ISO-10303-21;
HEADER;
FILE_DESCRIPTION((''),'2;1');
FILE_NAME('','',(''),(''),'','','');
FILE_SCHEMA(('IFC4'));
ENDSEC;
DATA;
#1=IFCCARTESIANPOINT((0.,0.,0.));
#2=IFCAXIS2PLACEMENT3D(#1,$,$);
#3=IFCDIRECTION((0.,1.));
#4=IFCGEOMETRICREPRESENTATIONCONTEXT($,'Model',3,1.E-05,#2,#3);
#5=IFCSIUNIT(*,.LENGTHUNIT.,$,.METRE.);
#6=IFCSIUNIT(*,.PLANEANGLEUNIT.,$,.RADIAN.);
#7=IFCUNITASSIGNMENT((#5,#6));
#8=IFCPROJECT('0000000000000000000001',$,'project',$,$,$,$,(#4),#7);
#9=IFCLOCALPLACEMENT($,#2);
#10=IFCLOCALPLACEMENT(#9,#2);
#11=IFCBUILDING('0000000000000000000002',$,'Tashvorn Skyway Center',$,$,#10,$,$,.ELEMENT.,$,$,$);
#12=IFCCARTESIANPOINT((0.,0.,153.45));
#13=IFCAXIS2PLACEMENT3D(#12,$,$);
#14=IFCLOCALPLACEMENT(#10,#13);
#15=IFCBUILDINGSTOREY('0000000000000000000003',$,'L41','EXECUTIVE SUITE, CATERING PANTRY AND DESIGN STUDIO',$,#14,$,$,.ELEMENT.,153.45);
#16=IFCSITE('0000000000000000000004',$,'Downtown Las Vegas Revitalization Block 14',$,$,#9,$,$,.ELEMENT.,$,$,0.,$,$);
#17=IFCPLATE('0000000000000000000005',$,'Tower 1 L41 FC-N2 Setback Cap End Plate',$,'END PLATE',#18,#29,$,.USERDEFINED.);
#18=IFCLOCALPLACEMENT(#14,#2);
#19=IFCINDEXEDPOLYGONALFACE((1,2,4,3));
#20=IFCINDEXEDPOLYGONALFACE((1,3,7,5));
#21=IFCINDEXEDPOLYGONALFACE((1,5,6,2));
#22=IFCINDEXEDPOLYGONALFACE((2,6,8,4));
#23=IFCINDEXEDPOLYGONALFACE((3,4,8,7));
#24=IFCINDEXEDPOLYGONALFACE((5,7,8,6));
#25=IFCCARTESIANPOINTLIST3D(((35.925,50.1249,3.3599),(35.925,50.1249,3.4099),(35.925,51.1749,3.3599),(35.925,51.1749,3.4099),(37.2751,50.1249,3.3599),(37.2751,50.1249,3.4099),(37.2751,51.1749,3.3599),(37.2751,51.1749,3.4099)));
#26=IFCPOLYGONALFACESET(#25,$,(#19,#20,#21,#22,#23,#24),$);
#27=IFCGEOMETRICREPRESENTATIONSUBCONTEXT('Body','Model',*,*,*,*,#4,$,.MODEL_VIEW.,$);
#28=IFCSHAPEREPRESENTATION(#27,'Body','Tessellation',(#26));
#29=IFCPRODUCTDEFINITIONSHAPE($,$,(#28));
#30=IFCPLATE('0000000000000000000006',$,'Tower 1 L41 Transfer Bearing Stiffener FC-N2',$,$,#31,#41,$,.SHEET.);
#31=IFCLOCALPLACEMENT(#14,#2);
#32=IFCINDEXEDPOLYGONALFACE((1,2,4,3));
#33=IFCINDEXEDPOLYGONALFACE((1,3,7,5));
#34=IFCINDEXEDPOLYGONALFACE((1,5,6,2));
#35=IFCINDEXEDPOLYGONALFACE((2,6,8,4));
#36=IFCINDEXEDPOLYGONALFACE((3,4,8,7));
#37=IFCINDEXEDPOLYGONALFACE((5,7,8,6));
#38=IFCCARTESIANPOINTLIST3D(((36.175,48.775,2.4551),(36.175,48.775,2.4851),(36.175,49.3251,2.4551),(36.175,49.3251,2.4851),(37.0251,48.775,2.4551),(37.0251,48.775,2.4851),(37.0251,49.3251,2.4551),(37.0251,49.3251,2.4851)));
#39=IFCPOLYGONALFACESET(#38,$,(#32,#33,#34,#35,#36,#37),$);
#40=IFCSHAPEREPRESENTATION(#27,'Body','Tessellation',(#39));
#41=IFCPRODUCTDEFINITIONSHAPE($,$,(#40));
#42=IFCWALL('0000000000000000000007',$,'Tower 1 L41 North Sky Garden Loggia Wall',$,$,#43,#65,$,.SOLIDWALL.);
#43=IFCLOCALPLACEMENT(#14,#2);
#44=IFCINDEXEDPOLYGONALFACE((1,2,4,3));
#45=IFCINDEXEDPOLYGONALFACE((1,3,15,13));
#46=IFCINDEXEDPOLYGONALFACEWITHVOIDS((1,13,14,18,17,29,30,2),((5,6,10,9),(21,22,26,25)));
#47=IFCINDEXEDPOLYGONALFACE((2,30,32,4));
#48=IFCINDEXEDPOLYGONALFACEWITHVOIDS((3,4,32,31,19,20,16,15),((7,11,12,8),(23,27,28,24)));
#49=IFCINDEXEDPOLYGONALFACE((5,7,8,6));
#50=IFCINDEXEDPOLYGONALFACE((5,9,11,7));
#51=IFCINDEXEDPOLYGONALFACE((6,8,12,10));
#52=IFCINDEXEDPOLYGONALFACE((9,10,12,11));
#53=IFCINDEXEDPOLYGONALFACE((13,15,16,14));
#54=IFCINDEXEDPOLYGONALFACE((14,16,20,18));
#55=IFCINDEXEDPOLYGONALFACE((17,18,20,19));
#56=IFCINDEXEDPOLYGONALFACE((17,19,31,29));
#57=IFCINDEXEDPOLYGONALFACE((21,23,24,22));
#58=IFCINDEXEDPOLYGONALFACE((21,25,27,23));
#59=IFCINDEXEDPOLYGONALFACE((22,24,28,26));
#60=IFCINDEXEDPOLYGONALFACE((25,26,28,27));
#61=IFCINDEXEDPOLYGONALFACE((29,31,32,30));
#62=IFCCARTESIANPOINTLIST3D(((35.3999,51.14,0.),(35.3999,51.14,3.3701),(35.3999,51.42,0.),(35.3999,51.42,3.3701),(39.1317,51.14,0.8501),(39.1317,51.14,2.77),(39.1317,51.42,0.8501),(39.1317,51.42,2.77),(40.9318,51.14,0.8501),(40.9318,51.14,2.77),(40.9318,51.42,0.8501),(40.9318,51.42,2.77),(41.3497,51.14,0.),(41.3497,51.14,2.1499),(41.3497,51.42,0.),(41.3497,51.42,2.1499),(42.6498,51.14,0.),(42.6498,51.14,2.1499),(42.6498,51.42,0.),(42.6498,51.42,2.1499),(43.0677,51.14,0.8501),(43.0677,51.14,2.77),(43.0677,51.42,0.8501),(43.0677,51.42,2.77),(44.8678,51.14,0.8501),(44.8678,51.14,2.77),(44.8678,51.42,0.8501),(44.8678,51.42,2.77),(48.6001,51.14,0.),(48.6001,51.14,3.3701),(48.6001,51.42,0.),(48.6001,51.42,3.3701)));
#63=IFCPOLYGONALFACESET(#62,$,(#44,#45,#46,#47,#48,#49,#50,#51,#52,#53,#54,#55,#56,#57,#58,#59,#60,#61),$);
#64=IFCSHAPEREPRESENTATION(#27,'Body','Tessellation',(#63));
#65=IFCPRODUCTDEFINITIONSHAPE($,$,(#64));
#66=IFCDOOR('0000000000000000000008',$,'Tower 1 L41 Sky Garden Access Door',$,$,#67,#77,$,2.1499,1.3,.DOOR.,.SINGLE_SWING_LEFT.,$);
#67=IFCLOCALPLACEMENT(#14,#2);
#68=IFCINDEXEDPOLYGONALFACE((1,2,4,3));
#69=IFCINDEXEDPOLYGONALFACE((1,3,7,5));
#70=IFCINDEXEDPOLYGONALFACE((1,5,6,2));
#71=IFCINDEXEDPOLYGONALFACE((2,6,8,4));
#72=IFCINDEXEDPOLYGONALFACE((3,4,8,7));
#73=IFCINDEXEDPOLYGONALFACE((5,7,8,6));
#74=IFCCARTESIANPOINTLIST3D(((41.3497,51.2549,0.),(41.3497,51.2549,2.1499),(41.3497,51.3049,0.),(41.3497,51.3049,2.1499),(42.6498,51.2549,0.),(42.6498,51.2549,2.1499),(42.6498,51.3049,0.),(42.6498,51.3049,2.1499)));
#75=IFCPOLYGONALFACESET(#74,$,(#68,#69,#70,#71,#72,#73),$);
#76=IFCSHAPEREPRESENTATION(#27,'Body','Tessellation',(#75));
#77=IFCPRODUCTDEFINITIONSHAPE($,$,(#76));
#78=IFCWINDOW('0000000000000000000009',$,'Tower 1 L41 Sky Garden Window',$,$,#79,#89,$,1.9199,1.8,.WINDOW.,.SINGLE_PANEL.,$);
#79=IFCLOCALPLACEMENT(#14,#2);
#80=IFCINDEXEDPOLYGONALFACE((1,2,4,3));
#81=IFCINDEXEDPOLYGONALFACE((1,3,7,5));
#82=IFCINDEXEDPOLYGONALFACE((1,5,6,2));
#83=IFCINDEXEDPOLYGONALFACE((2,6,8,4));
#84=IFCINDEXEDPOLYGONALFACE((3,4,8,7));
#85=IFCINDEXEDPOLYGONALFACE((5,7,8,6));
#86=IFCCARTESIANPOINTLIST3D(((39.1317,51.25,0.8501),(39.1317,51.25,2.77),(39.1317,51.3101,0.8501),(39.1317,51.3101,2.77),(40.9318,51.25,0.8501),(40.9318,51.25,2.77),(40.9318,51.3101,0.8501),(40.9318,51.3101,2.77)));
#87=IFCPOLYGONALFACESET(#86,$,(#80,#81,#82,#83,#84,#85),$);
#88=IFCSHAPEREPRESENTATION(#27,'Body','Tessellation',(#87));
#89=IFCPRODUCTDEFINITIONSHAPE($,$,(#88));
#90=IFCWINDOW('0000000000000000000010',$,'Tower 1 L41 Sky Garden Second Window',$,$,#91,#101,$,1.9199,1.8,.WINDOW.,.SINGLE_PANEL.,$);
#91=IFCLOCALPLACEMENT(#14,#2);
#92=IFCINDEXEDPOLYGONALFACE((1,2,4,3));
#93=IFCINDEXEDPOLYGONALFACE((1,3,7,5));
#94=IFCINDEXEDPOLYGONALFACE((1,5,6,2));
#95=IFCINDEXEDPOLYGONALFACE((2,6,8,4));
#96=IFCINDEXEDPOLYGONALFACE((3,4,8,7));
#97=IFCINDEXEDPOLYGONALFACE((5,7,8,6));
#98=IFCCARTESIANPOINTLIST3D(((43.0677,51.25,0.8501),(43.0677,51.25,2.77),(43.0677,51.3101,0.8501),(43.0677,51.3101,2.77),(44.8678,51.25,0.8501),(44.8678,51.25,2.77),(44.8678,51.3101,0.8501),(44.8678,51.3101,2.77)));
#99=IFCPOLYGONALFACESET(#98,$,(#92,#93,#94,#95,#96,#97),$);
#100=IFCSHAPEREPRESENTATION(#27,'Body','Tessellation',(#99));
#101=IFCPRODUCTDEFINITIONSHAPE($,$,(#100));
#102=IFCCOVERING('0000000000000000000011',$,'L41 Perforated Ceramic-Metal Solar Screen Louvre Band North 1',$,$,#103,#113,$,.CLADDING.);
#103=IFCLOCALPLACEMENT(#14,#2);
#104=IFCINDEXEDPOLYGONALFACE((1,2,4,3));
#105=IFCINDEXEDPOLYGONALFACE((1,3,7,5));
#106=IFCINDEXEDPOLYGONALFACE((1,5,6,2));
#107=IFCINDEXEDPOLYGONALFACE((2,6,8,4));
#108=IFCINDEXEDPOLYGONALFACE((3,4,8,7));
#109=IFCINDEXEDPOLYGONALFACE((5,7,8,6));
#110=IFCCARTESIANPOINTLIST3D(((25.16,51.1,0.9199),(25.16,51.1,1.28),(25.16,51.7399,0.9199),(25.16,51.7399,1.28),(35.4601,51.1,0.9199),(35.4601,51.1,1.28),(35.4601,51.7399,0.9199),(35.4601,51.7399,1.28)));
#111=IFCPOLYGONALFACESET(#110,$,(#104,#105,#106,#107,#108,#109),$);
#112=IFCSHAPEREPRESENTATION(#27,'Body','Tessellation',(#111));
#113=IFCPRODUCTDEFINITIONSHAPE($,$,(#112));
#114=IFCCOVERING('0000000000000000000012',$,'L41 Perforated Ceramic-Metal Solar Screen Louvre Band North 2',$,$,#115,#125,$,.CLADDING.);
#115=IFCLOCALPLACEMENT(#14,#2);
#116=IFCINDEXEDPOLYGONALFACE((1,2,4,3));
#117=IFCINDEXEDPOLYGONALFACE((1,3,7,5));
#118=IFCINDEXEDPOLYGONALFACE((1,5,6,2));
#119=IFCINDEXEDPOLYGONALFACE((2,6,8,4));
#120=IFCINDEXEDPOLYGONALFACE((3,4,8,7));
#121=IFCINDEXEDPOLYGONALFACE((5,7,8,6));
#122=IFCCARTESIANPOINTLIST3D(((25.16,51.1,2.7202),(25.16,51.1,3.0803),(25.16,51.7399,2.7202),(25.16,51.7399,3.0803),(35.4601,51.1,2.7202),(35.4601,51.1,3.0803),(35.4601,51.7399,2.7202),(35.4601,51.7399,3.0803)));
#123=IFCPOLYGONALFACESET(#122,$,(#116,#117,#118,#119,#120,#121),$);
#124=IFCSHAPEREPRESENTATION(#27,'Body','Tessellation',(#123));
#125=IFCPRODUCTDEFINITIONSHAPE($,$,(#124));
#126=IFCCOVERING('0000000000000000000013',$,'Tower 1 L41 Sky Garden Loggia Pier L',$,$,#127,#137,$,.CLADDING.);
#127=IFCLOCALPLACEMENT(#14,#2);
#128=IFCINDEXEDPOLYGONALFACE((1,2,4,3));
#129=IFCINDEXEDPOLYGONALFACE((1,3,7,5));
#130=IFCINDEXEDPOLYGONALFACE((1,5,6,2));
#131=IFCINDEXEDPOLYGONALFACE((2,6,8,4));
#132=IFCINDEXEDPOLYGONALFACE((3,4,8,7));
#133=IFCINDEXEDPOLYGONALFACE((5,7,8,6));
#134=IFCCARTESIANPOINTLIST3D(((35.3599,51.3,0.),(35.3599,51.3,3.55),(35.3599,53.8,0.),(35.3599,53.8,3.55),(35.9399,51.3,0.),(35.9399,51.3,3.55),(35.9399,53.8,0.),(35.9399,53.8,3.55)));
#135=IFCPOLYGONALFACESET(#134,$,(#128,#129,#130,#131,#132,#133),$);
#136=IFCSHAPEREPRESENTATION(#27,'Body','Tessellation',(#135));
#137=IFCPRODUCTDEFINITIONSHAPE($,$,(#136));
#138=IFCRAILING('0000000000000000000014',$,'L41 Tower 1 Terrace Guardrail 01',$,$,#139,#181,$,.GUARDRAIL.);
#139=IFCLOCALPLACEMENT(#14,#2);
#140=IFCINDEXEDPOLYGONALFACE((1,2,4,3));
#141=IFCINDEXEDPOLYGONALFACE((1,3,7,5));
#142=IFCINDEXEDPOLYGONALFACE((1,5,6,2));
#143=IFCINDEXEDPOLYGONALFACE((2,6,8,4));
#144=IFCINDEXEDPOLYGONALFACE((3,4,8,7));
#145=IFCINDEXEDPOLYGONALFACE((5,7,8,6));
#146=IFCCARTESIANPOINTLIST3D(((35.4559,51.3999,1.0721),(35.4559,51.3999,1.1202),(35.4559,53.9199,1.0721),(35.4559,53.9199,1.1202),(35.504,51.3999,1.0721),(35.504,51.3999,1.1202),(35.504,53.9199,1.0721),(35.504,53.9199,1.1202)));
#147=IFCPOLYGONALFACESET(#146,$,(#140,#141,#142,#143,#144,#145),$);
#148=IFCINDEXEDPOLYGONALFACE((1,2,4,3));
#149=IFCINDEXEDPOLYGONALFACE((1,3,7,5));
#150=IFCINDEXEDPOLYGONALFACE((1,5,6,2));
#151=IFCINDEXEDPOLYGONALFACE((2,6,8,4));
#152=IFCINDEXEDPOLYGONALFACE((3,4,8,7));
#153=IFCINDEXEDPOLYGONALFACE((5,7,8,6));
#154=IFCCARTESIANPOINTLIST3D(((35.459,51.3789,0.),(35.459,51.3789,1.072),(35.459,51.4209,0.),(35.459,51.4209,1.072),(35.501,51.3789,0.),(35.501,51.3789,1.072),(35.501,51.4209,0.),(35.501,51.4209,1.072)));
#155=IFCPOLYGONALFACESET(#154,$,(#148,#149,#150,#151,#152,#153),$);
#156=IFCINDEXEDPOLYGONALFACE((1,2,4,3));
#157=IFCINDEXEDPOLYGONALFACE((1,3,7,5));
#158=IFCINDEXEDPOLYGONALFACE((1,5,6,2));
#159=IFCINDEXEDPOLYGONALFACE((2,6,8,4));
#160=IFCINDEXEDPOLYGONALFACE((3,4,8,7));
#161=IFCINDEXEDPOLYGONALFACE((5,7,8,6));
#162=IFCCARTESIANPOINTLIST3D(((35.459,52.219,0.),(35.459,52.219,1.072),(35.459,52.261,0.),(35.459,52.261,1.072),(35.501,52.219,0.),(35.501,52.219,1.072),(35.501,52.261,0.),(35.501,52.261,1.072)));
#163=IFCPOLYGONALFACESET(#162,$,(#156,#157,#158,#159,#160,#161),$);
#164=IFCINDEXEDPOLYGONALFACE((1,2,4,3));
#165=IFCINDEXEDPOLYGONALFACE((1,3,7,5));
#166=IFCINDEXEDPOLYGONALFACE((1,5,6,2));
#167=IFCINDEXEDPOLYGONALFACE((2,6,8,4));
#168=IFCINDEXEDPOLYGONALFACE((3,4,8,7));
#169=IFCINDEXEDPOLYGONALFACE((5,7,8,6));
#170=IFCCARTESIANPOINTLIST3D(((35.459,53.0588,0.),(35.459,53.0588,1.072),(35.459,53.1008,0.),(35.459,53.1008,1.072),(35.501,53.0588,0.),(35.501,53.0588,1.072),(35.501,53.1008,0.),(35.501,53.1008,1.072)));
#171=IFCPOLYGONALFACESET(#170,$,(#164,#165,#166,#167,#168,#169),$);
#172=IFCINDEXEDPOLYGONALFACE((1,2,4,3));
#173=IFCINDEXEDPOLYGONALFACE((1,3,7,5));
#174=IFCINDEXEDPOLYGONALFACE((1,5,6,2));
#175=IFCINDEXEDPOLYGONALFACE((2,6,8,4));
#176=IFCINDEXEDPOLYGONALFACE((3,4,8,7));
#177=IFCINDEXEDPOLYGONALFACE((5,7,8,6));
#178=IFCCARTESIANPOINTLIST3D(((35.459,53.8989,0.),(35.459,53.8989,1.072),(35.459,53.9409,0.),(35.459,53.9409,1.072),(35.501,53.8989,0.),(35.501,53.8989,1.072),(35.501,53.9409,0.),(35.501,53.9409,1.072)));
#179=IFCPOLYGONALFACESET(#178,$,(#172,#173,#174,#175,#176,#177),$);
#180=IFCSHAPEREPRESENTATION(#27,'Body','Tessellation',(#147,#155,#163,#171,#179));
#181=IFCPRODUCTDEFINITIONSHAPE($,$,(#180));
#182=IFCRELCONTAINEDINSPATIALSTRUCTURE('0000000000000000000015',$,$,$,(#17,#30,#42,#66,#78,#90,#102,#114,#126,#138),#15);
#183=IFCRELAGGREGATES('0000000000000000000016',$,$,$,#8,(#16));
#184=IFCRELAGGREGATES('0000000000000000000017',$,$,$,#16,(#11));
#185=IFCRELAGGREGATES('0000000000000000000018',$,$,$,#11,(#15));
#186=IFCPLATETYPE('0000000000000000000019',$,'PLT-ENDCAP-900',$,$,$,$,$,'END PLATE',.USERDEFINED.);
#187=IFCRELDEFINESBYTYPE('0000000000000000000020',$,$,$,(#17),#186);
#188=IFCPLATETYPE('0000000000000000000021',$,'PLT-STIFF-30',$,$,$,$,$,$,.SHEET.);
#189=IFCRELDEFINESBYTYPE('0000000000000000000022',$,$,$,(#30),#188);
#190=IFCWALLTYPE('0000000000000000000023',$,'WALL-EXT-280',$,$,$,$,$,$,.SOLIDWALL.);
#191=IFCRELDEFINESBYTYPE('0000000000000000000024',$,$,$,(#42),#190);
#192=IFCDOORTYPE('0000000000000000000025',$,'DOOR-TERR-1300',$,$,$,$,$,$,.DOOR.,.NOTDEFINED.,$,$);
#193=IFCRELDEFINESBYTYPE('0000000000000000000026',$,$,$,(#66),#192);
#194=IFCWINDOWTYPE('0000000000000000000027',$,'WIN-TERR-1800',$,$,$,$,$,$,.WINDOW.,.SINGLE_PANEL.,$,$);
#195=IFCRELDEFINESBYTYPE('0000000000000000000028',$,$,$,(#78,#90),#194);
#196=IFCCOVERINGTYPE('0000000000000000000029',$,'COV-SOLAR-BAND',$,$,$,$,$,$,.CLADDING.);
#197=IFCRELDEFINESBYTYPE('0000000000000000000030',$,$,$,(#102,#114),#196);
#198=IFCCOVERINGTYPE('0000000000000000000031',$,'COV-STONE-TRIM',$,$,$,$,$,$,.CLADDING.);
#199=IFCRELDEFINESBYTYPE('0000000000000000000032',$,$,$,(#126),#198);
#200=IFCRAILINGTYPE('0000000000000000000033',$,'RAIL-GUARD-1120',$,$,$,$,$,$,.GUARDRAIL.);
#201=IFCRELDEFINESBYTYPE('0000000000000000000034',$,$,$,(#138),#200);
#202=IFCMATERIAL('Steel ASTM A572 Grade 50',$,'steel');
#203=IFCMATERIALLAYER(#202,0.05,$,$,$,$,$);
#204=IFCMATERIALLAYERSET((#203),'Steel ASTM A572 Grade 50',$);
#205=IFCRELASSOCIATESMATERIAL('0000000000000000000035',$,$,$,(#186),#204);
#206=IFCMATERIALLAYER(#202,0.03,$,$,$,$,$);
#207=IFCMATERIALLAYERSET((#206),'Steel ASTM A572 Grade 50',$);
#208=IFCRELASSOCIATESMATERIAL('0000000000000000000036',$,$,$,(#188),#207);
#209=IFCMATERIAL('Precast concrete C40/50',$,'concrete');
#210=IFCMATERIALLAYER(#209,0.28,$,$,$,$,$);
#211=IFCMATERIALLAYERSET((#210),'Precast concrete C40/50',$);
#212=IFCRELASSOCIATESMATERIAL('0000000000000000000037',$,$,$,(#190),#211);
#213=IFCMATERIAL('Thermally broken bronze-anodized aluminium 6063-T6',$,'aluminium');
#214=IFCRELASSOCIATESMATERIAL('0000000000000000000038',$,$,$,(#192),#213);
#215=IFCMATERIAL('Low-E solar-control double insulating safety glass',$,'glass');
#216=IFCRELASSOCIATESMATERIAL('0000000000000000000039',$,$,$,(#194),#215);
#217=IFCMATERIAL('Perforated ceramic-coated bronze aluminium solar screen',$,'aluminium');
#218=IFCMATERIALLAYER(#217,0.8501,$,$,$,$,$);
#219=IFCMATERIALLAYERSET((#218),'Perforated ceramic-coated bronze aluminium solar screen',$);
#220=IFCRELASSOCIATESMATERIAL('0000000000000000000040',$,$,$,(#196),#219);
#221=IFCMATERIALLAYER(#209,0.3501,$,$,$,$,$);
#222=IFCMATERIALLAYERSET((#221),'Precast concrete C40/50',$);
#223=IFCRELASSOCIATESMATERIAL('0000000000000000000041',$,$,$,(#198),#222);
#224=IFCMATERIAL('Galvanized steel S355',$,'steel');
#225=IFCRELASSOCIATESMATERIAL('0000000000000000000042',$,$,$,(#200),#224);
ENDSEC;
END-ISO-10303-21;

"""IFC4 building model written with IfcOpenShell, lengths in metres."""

from ifc_helpers import new_model, si_unit, direction, frame, frame_2d, origin, origin_2d, place, context, subcontext, project, spatial, rectangle, extrude, material, layer, layer_set, type_object, element, fill, save


model = new_model("IFC4")

# Units and contexts
model_context = context("Model", 3, precision=1e-05, world=origin(), true_north=direction((0.0, 1.0)))
body_context = subcontext(model_context, "Body", "Model", "MODEL_VIEW")
ifc_project = project(units=[si_unit("LENGTHUNIT", "METRE"), si_unit("PLANEANGLEUNIT", "RADIAN")], contexts=[model_context])

# Site, building, storey
site_placement = place(None, origin())
site = spatial("IfcSite", under=ifc_project, at=site_placement, Name="Downtown Las Vegas Revitalization Block 14", CompositionType="ELEMENT", RefElevation=0.0)
building_placement = place(site_placement, origin())
building = spatial("IfcBuilding", under=site, at=building_placement, Name="Tashvorn Skyway Center", CompositionType="ELEMENT")
storey_placement = place(building_placement, frame((0.0, 0.0, 153.45)))
storey = spatial("IfcBuildingStorey", under=building, at=storey_placement, Name="L41", Description="EXECUTIVE SUITE, CATERING PANTRY AND DESIGN STUDIO", CompositionType="ELEMENT", Elevation=153.45)

# Shared definitions
ifc_material_1 = material(Name="Steel ASTM A572 Grade 50", Category="steel")

# Shared definitions
ifc_material_2 = material(Name="Thermally broken bronze-anodized aluminium 6063-T6", Category="aluminium")
ifc_material_3 = material(Name="Low-E solar-control double insulating safety glass", Category="glass")

# Plates
ifc_layer_1 = layer(ifc_material_1, 0.05)
ifc_layer_set_1 = layer_set([ifc_layer_1], Name="Steel ASTM A572 Grade 50")
plate_type_1 = type_object("IfcPlateType", Name="PLT-ENDCAP-900", ElementType="END PLATE", PredefinedType="USERDEFINED", material=ifc_layer_set_1)
plate_1_placement = place(storey_placement, frame((36.6001, 50.6499, 3.3599), z_axis=(0.0, 0.0, 1.0), x_axis=(1.0, 0.0, 0.0)))
element("IfcPlate", 1, at=plate_1_placement, inside=storey, type_object=plate_type_1, Name="Tower 1 L41 FC-N2 Setback Cap End Plate", ObjectType="END PLATE", PredefinedType="USERDEFINED", context=body_context, shape_type="SweptSolid", body=[
    extrude(rectangle(XDim=1.3501, YDim=1.05, at=origin_2d()), origin(), (0.0, 0.0, 1.0), 0.05),
])
ifc_layer_2 = layer(ifc_material_1, 0.03)
ifc_layer_set_2 = layer_set([ifc_layer_2], Name="Steel ASTM A572 Grade 50")
plate_type_2 = type_object("IfcPlateType", Name="PLT-STIFF-30", PredefinedType="SHEET", material=ifc_layer_set_2)
plate_2_placement = place(storey_placement, frame((36.6001, 49.05, 2.4551), z_axis=(0.0, 0.0, 1.0), x_axis=(1.0, 0.0, 0.0)))
element("IfcPlate", 2, at=plate_2_placement, inside=storey, type_object=plate_type_2, Name="Tower 1 L41 Transfer Bearing Stiffener FC-N2", PredefinedType="SHEET", context=body_context, shape_type="SweptSolid", body=[
    extrude(rectangle(XDim=0.8501, YDim=0.55, at=origin_2d()), origin(), (0.0, 0.0, 1.0), 0.03),
])

# Wall, openings, door, windows
ifc_material_4 = material(Name="Precast concrete C40/50", Category="concrete")
ifc_layer_3 = layer(ifc_material_4, 0.28)
ifc_layer_set_3 = layer_set([ifc_layer_3], Name="Precast concrete C40/50")
wall_type = type_object("IfcWallType", Name="WALL-EXT-280", PredefinedType="SOLIDWALL", material=ifc_layer_set_3)
wall_placement = place(storey_placement, frame((35.3999, 51.28, 0.0), z_axis=(0.0, 0.0, 1.0), x_axis=(1.0, 0.0, 0.0)))
wall = element("IfcWall", 3, at=wall_placement, inside=storey, type_object=wall_type, Name="Tower 1 L41 North Sky Garden Loggia Wall", PredefinedType="SOLIDWALL", context=body_context, shape_type="SweptSolid", body=[
    extrude(rectangle(XDim=13.2002, YDim=0.28, at=frame_2d((6.6001, 0.0))), origin(), (0.0, 0.0, 1.0), 3.3701),
])
opening_1_placement = place(wall_placement, frame((5.95, 0.0, 0.0)))
opening_1 = element("IfcOpeningElement", 4, at=opening_1_placement, cuts=wall, PredefinedType="OPENING", context=body_context, shape_type="SweptSolid", body=[
    extrude(rectangle(XDim=1.3, YDim=2.1499, at=frame_2d((0.6499, 1.075))), frame((0.0, 0.1499, 0.0), z_axis=(0.0, -1.0, 0.0), x_axis=(1.0, 0.0, 0.0)), (0.0, 0.0, 1.0), 0.3),
])
opening_2_placement = place(wall_placement, frame((3.7319, 0.0, 0.8501)))
opening_2 = element("IfcOpeningElement", 5, at=opening_2_placement, cuts=wall, PredefinedType="OPENING", context=body_context, shape_type="SweptSolid", body=[
    extrude(rectangle(XDim=1.8, YDim=1.9199, at=frame_2d((0.8999, 0.96))), frame((0.0, 0.1499, 0.0), z_axis=(0.0, -1.0, 0.0), x_axis=(1.0, 0.0, 0.0)), (0.0, 0.0, 1.0), 0.3),
])
opening_3_placement = place(wall_placement, frame((7.668, 0.0, 0.8501)))
opening_3 = element("IfcOpeningElement", 6, at=opening_3_placement, cuts=wall, PredefinedType="OPENING", context=body_context, shape_type="SweptSolid", body=[
    extrude(rectangle(XDim=1.8, YDim=1.9199, at=frame_2d((0.8999, 0.96))), frame((0.0, 0.1499, 0.0), z_axis=(0.0, -1.0, 0.0), x_axis=(1.0, 0.0, 0.0)), (0.0, 0.0, 1.0), 0.3),
])
door_type = type_object("IfcDoorType", Name="DOOR-TERR-1300", OperationType="NOTDEFINED", PredefinedType="DOOR", material=ifc_material_2)
door_placement = place(opening_1_placement, origin())
door = element("IfcDoor", 7, at=door_placement, inside=storey, type_object=door_type, Name="Tower 1 L41 Sky Garden Access Door", OperationType="SINGLE_SWING_LEFT", OverallHeight=2.1499, OverallWidth=1.3, PredefinedType="DOOR", context=body_context, shape_type="SweptSolid", body=[
    extrude(rectangle(XDim=1.3, YDim=2.1499, at=frame_2d((0.6499, 1.075))), frame((0.0, 0.0249, 0.0), z_axis=(0.0, -1.0, 0.0), x_axis=(1.0, 0.0, 0.0)), (0.0, 0.0, 1.0), 0.05),
])
fill(opening_1, door)
window_type = type_object("IfcWindowType", Name="WIN-TERR-1800", PartitioningType="SINGLE_PANEL", PredefinedType="WINDOW", material=ifc_material_3)
window_1_placement = place(opening_2_placement, origin())
window_1 = element("IfcWindow", 8, at=window_1_placement, inside=storey, type_object=window_type, Name="Tower 1 L41 Sky Garden Window", OverallHeight=1.9199, OverallWidth=1.8, PartitioningType="SINGLE_PANEL", PredefinedType="WINDOW", context=body_context, shape_type="SweptSolid", body=[
    extrude(rectangle(XDim=1.8, YDim=1.9199, at=frame_2d((0.8999, 0.96))), frame((0.0, 0.03, 0.0), z_axis=(0.0, -1.0, 0.0), x_axis=(1.0, 0.0, 0.0)), (0.0, 0.0, 1.0), 0.0601),
])
fill(opening_2, window_1)
window_2_placement = place(opening_3_placement, origin())
window_2 = element("IfcWindow", 9, at=window_2_placement, inside=storey, type_object=window_type, Name="Tower 1 L41 Sky Garden Second Window", OverallHeight=1.9199, OverallWidth=1.8, PartitioningType="SINGLE_PANEL", PredefinedType="WINDOW", context=body_context, shape_type="SweptSolid", body=[
    extrude(rectangle(XDim=1.8, YDim=1.9199, at=frame_2d((0.8999, 0.96))), frame((0.0, 0.03, 0.0), z_axis=(0.0, -1.0, 0.0), x_axis=(1.0, 0.0, 0.0)), (0.0, 0.0, 1.0), 0.0601),
])
fill(opening_3, window_2)

# Coverings
ifc_material_5 = material(Name="Perforated ceramic-coated bronze aluminium solar screen", Category="aluminium")
ifc_layer_4 = layer(ifc_material_5, 0.8501)
ifc_layer_set_4 = layer_set([ifc_layer_4], Name="Perforated ceramic-coated bronze aluminium solar screen")
covering_type_1 = type_object("IfcCoveringType", Name="COV-SOLAR-BAND", PredefinedType="CLADDING", material=ifc_layer_set_4)
for number, where, z_axis, x_axis, name in (
    (10, (30.3101, 51.4199, 0.9199), (0.0, 0.0, 1.0), (1.0, 0.0, 0.0), "L41 Perforated Ceramic-Metal Solar Screen Louvre Band North 1"),
    (11, (30.3101, 51.4199, 2.7202), (0.0, 0.0, 1.0), (1.0, 0.0, 0.0), "L41 Perforated Ceramic-Metal Solar Screen Louvre Band North 2"),
):
    element("IfcCovering", number, at=place(storey_placement, frame(where, z_axis=z_axis, x_axis=x_axis)), inside=storey, type_object=covering_type_1, Name=name, PredefinedType="CLADDING", context=body_context, shape_type="SweptSolid", body=[
        extrude(rectangle(XDim=10.3, YDim=0.6399, at=origin_2d()), origin(), (0.0, 0.0, 1.0), 0.3601),
    ])
ifc_layer_5 = layer(ifc_material_4, 0.3501)
ifc_layer_set_5 = layer_set([ifc_layer_5], Name="Precast concrete C40/50")
covering_type_2 = type_object("IfcCoveringType", Name="COV-STONE-TRIM", PredefinedType="CLADDING", material=ifc_layer_set_5)
covering_placement = place(storey_placement, frame((35.6499, 52.55, 0.0), z_axis=(0.0, 0.0, 1.0), x_axis=(1.0, 0.0, 0.0)))
element("IfcCovering", 12, at=covering_placement, inside=storey, type_object=covering_type_2, Name="Tower 1 L41 Sky Garden Loggia Pier L", PredefinedType="CLADDING", context=body_context, shape_type="SweptSolid", body=[
    extrude(rectangle(XDim=0.5801, YDim=2.5, at=origin_2d()), origin(), (0.0, 0.0, 1.0), 3.55),
])

# Railing
ifc_material_6 = material(Name="Galvanized steel S355", Category="steel")
railing_type = type_object("IfcRailingType", Name="RAIL-GUARD-1120", PredefinedType="GUARDRAIL", material=ifc_material_6)
railing_1_placement = place(storey_placement, frame((35.48, 51.3999, 0.0)))
element("IfcRailing", 13, at=railing_1_placement, inside=storey, type_object=railing_type, Name="L41 Tower 1 Terrace Guardrail 01", PredefinedType="GUARDRAIL", context=body_context, shape_type="SweptSolid", body=[
    extrude(rectangle(XDim=0.0481, YDim=0.0481, at=origin_2d()), frame((0.0, 0.0, 1.0962), z_axis=(0.0, 1.0, 0.0), x_axis=(-1.0, 0.0, 0.0)), (0.0, 0.0, 1.0), 2.52),
    extrude(rectangle(XDim=0.042, YDim=0.042, at=origin_2d()), origin(), (0.0, 0.0, 1.0), 1.072),
    extrude(rectangle(XDim=0.042, YDim=0.042, at=origin_2d()), frame((0.0, 0.8401, 0.0)), (0.0, 0.0, 1.0), 1.072),
    extrude(rectangle(XDim=0.042, YDim=0.042, at=origin_2d()), frame((0.0, 1.6799, 0.0)), (0.0, 0.0, 1.0), 1.072),
    extrude(rectangle(XDim=0.042, YDim=0.042, at=origin_2d()), frame((0.0, 2.52, 0.0)), (0.0, 0.0, 1.0), 1.072),
])

save(model, "model.ifc")
